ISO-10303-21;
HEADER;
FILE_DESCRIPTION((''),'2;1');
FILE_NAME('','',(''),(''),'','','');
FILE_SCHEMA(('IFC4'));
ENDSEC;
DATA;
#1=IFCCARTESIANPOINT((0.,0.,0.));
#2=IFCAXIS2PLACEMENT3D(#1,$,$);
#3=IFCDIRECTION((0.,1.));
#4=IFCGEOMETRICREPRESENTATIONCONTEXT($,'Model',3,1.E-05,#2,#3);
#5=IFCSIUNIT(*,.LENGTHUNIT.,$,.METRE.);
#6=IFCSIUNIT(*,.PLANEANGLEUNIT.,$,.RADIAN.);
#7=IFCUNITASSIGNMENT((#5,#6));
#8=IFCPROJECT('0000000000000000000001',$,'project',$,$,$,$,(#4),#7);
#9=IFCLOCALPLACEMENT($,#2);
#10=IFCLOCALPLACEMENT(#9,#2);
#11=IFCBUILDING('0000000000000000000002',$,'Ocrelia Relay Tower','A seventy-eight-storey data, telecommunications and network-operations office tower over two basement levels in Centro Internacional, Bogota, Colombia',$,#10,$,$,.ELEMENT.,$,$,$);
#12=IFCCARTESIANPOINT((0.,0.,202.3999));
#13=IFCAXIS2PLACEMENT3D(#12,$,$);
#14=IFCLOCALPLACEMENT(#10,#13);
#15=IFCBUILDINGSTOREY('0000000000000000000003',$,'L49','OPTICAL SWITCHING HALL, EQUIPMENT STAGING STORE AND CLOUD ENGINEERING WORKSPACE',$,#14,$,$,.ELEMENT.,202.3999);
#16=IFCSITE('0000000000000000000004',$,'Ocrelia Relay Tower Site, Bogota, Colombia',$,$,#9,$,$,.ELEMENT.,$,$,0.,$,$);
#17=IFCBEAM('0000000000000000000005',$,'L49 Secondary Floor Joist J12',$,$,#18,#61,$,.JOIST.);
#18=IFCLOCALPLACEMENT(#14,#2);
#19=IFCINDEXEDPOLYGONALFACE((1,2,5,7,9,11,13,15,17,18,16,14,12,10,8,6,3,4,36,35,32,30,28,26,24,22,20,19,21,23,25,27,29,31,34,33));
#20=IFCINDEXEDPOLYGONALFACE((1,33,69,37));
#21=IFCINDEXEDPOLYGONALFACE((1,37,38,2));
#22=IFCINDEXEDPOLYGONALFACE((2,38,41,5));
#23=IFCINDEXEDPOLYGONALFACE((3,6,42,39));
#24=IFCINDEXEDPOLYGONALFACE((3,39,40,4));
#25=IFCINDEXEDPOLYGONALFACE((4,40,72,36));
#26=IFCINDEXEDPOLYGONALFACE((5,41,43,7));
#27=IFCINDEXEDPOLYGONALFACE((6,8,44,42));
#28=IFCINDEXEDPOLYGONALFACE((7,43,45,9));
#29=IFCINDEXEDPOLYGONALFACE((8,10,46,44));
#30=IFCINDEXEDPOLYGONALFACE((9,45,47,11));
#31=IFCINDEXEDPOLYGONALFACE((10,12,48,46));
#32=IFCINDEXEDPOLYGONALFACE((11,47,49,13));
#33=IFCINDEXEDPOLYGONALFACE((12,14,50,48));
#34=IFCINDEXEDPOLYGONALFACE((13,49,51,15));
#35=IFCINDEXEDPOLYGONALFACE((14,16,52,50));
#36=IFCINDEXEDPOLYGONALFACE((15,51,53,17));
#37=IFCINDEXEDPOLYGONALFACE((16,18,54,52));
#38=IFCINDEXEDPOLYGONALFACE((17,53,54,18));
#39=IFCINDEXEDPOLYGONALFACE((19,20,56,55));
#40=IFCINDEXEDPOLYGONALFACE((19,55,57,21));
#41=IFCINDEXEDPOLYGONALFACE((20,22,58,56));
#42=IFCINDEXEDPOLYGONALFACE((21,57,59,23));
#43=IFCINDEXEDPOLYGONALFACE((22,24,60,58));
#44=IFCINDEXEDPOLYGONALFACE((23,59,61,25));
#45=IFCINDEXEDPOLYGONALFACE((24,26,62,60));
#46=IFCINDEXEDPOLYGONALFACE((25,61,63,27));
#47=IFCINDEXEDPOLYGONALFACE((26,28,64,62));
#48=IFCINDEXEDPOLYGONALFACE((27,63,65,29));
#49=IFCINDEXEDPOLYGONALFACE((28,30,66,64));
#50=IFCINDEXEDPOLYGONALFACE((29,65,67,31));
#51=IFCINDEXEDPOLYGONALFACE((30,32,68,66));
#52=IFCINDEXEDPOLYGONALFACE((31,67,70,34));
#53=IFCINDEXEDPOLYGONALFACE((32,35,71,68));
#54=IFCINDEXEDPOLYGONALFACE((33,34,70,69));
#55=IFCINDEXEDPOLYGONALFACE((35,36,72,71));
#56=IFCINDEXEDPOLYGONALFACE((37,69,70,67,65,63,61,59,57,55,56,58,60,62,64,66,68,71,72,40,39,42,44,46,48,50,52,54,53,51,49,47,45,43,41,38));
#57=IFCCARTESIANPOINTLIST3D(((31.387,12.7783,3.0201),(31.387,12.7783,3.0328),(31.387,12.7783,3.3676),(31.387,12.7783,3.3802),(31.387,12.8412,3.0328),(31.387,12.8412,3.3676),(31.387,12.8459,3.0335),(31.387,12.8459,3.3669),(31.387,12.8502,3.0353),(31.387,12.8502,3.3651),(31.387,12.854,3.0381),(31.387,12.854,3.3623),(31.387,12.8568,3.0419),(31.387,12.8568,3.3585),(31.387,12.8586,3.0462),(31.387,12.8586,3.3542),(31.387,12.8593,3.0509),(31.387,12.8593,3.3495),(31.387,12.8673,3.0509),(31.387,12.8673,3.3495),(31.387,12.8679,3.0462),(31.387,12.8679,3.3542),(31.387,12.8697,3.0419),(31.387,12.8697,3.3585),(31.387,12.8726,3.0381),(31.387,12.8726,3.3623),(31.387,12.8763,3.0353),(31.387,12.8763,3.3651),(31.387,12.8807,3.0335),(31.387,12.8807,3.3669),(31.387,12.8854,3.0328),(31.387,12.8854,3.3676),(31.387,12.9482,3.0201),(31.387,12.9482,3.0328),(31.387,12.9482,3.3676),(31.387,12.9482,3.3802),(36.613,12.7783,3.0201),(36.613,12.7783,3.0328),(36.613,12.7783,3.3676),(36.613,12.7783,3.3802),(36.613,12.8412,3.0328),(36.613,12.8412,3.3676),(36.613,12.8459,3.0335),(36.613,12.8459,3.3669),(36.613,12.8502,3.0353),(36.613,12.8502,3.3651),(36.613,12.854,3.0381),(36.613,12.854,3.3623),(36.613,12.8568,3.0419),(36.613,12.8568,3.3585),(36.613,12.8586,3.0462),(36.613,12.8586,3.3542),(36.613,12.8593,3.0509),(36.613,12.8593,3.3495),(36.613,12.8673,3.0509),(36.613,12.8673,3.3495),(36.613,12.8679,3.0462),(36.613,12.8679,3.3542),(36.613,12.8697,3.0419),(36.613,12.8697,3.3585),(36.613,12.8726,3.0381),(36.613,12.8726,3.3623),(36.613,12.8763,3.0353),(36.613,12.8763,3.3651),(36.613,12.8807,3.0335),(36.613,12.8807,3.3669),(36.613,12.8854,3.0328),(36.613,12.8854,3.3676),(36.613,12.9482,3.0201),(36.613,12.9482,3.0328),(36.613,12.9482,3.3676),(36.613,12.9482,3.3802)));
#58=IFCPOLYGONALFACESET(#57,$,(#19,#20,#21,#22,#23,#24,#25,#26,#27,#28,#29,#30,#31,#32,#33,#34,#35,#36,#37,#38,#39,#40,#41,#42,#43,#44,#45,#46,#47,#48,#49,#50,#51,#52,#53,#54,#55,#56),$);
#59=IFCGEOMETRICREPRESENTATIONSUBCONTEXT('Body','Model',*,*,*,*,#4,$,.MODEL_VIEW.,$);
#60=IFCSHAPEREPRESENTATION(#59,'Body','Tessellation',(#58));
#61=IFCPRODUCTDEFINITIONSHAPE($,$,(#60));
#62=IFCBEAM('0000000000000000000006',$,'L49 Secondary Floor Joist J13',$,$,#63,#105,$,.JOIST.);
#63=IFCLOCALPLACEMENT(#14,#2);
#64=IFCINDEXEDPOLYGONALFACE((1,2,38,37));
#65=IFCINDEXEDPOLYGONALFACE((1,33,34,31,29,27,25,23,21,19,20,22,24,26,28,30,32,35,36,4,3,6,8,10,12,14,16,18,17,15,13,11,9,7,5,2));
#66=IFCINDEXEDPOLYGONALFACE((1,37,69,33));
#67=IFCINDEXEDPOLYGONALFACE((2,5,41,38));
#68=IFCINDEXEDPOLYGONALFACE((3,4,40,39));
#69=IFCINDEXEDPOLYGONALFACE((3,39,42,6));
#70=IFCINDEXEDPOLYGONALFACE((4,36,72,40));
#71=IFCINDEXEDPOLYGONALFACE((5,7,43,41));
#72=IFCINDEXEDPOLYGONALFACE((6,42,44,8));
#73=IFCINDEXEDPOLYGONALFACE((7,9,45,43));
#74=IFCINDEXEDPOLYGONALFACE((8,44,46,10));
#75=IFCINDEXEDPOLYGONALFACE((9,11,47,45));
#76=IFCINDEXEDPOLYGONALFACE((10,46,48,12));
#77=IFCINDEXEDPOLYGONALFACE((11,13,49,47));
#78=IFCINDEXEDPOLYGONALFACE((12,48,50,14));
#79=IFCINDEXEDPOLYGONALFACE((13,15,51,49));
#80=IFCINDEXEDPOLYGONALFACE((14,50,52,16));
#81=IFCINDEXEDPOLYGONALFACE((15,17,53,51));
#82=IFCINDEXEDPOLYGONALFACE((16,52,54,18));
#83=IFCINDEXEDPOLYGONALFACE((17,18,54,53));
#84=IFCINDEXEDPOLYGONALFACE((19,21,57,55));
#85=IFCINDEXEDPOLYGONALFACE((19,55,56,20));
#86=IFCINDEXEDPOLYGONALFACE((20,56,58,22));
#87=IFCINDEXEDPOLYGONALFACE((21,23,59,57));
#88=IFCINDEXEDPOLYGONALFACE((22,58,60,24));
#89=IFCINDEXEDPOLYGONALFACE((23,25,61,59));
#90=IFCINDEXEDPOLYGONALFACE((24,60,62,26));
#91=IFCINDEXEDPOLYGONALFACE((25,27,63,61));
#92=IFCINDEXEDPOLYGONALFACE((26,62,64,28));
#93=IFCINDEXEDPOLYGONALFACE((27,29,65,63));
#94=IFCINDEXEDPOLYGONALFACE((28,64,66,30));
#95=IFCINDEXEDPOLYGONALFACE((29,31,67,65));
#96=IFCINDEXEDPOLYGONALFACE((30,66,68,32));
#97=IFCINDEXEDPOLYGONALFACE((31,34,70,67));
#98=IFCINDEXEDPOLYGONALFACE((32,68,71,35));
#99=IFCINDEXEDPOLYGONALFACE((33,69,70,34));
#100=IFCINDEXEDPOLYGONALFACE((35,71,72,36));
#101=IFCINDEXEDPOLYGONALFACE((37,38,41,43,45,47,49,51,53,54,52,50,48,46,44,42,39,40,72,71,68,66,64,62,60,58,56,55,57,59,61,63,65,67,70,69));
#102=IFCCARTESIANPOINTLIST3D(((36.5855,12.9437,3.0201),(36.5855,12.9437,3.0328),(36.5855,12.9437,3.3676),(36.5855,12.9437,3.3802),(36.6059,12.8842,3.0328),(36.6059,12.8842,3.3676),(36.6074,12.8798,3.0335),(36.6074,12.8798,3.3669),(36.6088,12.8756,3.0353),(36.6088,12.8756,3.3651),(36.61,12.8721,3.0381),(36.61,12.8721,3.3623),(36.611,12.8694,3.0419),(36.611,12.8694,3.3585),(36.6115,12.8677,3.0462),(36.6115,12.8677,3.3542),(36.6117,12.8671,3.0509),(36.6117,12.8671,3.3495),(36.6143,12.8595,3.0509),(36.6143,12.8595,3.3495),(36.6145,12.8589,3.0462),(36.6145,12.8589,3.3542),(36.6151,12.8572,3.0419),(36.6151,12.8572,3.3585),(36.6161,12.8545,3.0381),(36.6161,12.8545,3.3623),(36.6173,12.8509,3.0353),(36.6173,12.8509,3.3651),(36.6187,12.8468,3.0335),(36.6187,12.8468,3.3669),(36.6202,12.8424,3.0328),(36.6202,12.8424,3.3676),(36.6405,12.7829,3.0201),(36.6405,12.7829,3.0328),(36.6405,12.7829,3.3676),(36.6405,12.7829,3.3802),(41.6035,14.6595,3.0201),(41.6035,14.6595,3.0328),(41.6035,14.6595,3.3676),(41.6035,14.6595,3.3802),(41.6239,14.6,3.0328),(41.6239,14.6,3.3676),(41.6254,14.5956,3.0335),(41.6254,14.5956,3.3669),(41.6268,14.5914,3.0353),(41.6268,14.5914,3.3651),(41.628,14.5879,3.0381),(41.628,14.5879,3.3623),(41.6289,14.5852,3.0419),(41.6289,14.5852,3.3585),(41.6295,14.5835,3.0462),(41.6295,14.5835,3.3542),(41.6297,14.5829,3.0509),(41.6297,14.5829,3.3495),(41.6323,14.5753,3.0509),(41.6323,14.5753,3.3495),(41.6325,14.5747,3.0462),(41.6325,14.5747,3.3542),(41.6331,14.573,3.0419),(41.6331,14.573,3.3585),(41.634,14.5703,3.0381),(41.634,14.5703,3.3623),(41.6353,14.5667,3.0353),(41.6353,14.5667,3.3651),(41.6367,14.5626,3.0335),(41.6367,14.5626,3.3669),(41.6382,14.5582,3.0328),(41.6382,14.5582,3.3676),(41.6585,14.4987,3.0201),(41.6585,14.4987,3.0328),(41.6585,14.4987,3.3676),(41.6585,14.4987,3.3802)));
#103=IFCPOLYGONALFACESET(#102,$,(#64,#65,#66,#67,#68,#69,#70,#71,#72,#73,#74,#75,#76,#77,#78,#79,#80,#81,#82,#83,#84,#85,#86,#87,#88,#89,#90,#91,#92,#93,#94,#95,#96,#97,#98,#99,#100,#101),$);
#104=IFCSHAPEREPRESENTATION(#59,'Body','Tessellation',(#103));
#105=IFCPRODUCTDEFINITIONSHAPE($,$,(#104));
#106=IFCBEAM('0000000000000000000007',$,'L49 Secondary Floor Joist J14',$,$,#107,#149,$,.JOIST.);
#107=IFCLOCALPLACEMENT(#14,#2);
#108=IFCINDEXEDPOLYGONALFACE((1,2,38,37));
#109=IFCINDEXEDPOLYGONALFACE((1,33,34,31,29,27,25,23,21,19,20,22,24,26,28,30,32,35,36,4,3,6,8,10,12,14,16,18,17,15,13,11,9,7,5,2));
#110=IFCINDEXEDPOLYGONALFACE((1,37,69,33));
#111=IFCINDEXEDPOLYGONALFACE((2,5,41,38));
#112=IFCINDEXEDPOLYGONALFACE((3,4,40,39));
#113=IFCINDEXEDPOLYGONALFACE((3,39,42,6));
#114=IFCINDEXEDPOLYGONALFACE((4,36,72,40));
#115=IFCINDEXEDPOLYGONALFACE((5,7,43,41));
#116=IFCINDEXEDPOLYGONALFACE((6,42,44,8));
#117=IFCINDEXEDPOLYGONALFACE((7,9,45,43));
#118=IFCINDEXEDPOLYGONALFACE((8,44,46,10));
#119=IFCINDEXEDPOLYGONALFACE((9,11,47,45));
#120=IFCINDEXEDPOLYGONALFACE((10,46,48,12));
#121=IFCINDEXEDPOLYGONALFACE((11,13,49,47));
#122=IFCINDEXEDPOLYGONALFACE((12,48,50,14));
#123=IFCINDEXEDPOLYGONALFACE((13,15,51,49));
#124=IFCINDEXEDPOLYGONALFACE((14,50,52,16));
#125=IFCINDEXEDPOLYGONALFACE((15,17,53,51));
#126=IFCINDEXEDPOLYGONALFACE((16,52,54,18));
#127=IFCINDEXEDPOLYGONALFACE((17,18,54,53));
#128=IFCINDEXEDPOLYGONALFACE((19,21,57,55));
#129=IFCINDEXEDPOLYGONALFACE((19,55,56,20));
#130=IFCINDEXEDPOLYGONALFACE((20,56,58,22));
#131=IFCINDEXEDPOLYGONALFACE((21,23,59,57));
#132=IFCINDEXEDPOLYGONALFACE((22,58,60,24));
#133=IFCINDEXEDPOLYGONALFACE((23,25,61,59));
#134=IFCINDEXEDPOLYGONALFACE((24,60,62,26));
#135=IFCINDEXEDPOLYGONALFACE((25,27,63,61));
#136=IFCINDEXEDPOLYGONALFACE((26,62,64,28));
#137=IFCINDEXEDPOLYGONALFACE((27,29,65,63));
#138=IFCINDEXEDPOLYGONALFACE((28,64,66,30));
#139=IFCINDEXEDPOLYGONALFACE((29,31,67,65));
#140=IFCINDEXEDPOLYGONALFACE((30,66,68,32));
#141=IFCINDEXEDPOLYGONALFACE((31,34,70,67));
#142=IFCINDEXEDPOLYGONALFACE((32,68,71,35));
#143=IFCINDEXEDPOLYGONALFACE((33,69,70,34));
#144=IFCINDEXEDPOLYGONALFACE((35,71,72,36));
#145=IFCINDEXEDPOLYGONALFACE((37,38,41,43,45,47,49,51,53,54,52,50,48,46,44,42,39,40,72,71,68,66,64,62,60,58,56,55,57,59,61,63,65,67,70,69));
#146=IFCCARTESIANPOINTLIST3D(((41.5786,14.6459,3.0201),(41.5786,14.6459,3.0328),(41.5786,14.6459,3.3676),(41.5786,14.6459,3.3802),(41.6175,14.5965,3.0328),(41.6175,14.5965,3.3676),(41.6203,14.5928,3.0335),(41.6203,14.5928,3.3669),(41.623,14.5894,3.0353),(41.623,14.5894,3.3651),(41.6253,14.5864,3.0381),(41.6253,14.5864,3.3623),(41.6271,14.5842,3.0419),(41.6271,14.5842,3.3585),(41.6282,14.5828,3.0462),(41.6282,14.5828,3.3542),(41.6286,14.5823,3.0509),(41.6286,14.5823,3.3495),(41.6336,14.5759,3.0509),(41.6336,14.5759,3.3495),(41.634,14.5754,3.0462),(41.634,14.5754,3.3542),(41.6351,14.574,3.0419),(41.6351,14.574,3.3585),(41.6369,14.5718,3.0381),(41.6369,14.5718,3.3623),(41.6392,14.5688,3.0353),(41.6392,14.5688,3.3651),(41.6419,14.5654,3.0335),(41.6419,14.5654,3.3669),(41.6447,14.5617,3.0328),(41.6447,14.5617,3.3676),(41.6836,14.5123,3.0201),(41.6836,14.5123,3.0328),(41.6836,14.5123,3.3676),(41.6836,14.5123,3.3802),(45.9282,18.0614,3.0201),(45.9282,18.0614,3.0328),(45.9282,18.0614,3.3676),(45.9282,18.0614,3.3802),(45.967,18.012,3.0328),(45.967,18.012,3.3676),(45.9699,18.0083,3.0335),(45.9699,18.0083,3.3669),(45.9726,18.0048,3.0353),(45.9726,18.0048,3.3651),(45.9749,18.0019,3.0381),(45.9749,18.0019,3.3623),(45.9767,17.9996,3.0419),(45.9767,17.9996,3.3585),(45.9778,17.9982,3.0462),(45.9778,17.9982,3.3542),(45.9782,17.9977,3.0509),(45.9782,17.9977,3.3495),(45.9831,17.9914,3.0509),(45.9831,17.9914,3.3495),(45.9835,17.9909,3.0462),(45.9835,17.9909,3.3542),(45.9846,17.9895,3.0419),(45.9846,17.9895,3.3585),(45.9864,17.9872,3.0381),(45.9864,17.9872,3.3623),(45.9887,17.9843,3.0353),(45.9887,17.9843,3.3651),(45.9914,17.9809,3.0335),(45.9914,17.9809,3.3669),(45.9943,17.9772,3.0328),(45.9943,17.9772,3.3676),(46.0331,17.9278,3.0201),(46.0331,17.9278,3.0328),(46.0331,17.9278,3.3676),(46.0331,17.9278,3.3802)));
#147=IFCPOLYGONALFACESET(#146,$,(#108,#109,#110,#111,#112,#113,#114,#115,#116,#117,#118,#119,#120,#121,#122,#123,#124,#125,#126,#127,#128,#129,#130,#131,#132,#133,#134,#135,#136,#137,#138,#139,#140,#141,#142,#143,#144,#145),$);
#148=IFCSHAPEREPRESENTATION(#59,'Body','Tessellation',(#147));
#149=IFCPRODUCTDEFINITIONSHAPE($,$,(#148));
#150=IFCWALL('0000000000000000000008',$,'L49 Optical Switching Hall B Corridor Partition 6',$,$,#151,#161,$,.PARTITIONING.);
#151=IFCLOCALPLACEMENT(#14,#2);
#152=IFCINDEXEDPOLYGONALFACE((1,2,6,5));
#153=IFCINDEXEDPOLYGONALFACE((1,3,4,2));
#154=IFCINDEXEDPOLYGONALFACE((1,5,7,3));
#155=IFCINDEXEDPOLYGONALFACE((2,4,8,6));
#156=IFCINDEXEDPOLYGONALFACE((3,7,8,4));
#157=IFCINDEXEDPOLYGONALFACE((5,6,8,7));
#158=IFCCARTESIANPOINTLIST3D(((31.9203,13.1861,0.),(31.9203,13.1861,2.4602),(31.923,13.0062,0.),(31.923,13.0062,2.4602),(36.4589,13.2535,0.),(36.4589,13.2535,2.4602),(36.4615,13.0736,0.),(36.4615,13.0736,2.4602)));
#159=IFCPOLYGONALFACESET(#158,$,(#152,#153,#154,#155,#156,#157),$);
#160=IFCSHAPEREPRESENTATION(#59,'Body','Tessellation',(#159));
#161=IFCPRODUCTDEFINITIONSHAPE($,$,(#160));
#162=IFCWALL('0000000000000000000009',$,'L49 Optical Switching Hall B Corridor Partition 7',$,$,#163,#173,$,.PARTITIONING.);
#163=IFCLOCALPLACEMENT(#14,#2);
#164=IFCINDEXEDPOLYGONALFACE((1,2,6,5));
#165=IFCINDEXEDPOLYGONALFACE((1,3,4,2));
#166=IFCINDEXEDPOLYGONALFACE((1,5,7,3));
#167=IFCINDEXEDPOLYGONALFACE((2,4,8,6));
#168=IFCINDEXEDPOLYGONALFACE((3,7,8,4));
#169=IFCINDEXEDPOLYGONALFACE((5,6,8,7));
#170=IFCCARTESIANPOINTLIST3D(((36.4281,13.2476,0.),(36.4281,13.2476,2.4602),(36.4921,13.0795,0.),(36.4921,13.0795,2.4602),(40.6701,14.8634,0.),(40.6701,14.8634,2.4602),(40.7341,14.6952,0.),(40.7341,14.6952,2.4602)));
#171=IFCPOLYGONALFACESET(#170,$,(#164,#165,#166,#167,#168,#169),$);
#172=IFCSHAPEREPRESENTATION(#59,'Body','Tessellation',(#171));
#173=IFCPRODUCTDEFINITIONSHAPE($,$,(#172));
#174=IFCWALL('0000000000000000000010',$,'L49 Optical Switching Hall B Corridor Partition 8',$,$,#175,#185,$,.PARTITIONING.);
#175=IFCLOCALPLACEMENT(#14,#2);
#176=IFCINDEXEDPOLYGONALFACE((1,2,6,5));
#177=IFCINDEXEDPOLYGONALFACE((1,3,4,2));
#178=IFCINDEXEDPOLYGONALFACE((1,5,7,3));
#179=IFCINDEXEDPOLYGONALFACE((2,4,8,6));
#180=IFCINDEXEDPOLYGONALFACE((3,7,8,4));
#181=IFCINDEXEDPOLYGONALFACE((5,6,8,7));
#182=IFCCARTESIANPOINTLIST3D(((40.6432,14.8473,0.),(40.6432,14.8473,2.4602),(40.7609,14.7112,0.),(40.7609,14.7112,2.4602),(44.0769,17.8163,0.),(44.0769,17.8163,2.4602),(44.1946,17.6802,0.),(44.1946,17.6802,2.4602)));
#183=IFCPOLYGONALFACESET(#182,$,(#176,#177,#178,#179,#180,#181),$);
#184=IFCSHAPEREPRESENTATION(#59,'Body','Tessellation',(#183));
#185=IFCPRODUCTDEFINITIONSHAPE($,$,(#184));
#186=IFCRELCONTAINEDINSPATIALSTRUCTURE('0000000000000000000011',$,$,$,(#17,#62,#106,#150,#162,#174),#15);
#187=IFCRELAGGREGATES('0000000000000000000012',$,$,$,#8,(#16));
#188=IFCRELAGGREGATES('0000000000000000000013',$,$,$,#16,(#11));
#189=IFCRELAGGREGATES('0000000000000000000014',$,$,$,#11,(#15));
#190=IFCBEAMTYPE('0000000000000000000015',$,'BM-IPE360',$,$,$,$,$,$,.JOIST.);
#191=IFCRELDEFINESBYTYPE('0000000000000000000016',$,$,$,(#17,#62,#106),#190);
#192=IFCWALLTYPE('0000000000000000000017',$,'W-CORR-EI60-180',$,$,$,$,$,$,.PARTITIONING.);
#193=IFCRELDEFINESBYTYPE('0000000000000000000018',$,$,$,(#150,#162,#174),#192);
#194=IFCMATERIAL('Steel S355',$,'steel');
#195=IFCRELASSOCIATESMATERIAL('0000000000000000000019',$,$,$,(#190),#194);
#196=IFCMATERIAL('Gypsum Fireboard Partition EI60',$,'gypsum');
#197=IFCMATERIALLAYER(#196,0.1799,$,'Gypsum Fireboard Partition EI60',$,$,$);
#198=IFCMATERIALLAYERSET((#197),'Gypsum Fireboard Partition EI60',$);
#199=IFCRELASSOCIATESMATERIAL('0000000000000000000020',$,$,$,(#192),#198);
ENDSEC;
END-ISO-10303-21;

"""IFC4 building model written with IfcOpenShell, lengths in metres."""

from ifc_helpers import new_model, si_unit, direction, frame, frame_2d, origin, origin_2d, place, context, subcontext, project, spatial, rectangle, i_section, extrude, material, layer, layer_set, material_profile, profile_set, type_object, element, save


model = new_model("IFC4")

# Units and contexts
model_context = context("Model", 3, precision=1e-05, world=origin(), true_north=direction((0.0, 1.0)))
body_context = subcontext(model_context, "Body", "Model", "MODEL_VIEW")
ifc_project = project(units=[si_unit("LENGTHUNIT", "METRE"), si_unit("PLANEANGLEUNIT", "RADIAN")], contexts=[model_context])

# Site, building, storey
site_placement = place(None, origin())
site = spatial("IfcSite", under=ifc_project, at=site_placement, Name="Ocrelia Relay Tower Site, Bogota, Colombia", CompositionType="ELEMENT", RefElevation=0.0)
building_placement = place(site_placement, origin())
building = spatial("IfcBuilding", under=site, at=building_placement, Name="Ocrelia Relay Tower", Description="A seventy-eight-storey data, telecommunications and network-operations office tower over two basement levels in Centro Internacional, Bogota, Colombia", CompositionType="ELEMENT")
storey_placement = place(building_placement, frame((0.0, 0.0, 202.3999)))
storey = spatial("IfcBuildingStorey", under=building, at=storey_placement, Name="L49", Description="OPTICAL SWITCHING HALL, EQUIPMENT STAGING STORE AND CLOUD ENGINEERING WORKSPACE", CompositionType="ELEMENT", Elevation=202.3999)

# Beams
ifc_material_1 = material(Name="Steel S355", Category="steel")
ifc_material_profile_1 = material_profile(ifc_material_1, i_section(OverallWidth=0.1699, OverallDepth=0.3601, WebThickness=0.0081, FlangeThickness=0.0127, FilletRadius=0.0181, at=origin_2d()), Name="IPE 360")
ifc_profile_set_1 = profile_set([ifc_material_profile_1], Name="Steel S355")
beam_type_1 = type_object("IfcBeamType", Name="BM-IPE360", PredefinedType="JOIST", material=ifc_profile_set_1)
beam_1_placement = place(storey_placement, frame((31.387, 12.8633, 3.2002), z_axis=(1.0, 0.0, 0.0), x_axis=(0.0, 1.0, 0.0)))
element("IfcBeam", 1, at=beam_1_placement, inside=storey, type_object=beam_type_1, Name="L49 Secondary Floor Joist J12", PredefinedType="JOIST", context=body_context, shape_type="SweptSolid", body=[
    extrude(i_section(OverallWidth=0.1699, OverallDepth=0.3601, WebThickness=0.0081, FlangeThickness=0.0127, FilletRadius=0.0181, at=origin_2d()), origin(), (0.0, 0.0, 1.0), 5.2261),
])
beam_2_placement = place(storey_placement, frame((36.613, 12.8633, 3.2002), z_axis=(0.946215, 0.323538, 0.0), x_axis=(-0.323538, 0.946215, 0.0)))
element("IfcBeam", 2, at=beam_2_placement, inside=storey, type_object=beam_type_1, Name="L49 Secondary Floor Joist J13", PredefinedType="JOIST", context=body_context, shape_type="SweptSolid", body=[
    extrude(i_section(OverallWidth=0.1699, OverallDepth=0.3601, WebThickness=0.0081, FlangeThickness=0.0127, FilletRadius=0.0181, at=origin_2d()), origin(), (0.0, 0.0, 1.0), 5.3032),
])
beam_3_placement = place(storey_placement, frame((41.6311, 14.5791, 3.2002), z_axis=(0.786496, 0.617595, 0.0), x_axis=(-0.617595, 0.786496, 0.0)))
element("IfcBeam", 3, at=beam_3_placement, inside=storey, type_object=beam_type_1, Name="L49 Secondary Floor Joist J14", PredefinedType="JOIST", context=body_context, shape_type="SweptSolid", body=[
    extrude(i_section(OverallWidth=0.1699, OverallDepth=0.3601, WebThickness=0.0081, FlangeThickness=0.0127, FilletRadius=0.0181, at=origin_2d()), origin(), (0.0, 0.0, 1.0), 5.5303),
])

# Walls
ifc_material_2 = material(Name="Gypsum Fireboard Partition EI60", Category="gypsum")
ifc_layer_1 = layer(ifc_material_2, 0.1799, Name="Gypsum Fireboard Partition EI60")
ifc_layer_set_1 = layer_set([ifc_layer_1], Name="Gypsum Fireboard Partition EI60")
wall_type_1 = type_object("IfcWallType", Name="W-CORR-EI60-180", PredefinedType="PARTITIONING", material=ifc_layer_set_1)
wall_1_placement = place(storey_placement, frame((31.9216, 13.0962, 0.0), z_axis=(0.0, 0.0, 1.0), x_axis=(0.99989, 0.014845, 0.0)))
element("IfcWall", 4, at=wall_1_placement, inside=storey, type_object=wall_type_1, Name="L49 Optical Switching Hall B Corridor Partition 6", PredefinedType="PARTITIONING", context=body_context, shape_type="SweptSolid", body=[
    extrude(rectangle(XDim=4.5391, YDim=0.1799, at=frame_2d((2.2695, 0.0))), origin(), (0.0, 0.0, 1.0), 2.4602),
])
for number, where, z_axis, x_axis, name in (
    (5, (36.4602, 13.1636, 0.0), (0.0, 0.0, 1.0), (0.934506, 0.355946, 0.0), "L49 Optical Switching Hall B Corridor Partition 7"),
    (6, (40.7021, 14.7793, 0.0), (0.0, 0.0, 1.0), (0.756429, 0.654076, 0.0), "L49 Optical Switching Hall B Corridor Partition 8"),
):
    element("IfcWall", number, at=place(storey_placement, frame(where, z_axis=z_axis, x_axis=x_axis)), inside=storey, type_object=wall_type_1, Name=name, PredefinedType="PARTITIONING", context=body_context, shape_type="SweptSolid", body=[
        extrude(rectangle(XDim=4.5393, YDim=0.1799, at=frame_2d((2.2695, 0.0))), origin(), (0.0, 0.0, 1.0), 2.4602),
    ])

save(model, "model.ifc")
